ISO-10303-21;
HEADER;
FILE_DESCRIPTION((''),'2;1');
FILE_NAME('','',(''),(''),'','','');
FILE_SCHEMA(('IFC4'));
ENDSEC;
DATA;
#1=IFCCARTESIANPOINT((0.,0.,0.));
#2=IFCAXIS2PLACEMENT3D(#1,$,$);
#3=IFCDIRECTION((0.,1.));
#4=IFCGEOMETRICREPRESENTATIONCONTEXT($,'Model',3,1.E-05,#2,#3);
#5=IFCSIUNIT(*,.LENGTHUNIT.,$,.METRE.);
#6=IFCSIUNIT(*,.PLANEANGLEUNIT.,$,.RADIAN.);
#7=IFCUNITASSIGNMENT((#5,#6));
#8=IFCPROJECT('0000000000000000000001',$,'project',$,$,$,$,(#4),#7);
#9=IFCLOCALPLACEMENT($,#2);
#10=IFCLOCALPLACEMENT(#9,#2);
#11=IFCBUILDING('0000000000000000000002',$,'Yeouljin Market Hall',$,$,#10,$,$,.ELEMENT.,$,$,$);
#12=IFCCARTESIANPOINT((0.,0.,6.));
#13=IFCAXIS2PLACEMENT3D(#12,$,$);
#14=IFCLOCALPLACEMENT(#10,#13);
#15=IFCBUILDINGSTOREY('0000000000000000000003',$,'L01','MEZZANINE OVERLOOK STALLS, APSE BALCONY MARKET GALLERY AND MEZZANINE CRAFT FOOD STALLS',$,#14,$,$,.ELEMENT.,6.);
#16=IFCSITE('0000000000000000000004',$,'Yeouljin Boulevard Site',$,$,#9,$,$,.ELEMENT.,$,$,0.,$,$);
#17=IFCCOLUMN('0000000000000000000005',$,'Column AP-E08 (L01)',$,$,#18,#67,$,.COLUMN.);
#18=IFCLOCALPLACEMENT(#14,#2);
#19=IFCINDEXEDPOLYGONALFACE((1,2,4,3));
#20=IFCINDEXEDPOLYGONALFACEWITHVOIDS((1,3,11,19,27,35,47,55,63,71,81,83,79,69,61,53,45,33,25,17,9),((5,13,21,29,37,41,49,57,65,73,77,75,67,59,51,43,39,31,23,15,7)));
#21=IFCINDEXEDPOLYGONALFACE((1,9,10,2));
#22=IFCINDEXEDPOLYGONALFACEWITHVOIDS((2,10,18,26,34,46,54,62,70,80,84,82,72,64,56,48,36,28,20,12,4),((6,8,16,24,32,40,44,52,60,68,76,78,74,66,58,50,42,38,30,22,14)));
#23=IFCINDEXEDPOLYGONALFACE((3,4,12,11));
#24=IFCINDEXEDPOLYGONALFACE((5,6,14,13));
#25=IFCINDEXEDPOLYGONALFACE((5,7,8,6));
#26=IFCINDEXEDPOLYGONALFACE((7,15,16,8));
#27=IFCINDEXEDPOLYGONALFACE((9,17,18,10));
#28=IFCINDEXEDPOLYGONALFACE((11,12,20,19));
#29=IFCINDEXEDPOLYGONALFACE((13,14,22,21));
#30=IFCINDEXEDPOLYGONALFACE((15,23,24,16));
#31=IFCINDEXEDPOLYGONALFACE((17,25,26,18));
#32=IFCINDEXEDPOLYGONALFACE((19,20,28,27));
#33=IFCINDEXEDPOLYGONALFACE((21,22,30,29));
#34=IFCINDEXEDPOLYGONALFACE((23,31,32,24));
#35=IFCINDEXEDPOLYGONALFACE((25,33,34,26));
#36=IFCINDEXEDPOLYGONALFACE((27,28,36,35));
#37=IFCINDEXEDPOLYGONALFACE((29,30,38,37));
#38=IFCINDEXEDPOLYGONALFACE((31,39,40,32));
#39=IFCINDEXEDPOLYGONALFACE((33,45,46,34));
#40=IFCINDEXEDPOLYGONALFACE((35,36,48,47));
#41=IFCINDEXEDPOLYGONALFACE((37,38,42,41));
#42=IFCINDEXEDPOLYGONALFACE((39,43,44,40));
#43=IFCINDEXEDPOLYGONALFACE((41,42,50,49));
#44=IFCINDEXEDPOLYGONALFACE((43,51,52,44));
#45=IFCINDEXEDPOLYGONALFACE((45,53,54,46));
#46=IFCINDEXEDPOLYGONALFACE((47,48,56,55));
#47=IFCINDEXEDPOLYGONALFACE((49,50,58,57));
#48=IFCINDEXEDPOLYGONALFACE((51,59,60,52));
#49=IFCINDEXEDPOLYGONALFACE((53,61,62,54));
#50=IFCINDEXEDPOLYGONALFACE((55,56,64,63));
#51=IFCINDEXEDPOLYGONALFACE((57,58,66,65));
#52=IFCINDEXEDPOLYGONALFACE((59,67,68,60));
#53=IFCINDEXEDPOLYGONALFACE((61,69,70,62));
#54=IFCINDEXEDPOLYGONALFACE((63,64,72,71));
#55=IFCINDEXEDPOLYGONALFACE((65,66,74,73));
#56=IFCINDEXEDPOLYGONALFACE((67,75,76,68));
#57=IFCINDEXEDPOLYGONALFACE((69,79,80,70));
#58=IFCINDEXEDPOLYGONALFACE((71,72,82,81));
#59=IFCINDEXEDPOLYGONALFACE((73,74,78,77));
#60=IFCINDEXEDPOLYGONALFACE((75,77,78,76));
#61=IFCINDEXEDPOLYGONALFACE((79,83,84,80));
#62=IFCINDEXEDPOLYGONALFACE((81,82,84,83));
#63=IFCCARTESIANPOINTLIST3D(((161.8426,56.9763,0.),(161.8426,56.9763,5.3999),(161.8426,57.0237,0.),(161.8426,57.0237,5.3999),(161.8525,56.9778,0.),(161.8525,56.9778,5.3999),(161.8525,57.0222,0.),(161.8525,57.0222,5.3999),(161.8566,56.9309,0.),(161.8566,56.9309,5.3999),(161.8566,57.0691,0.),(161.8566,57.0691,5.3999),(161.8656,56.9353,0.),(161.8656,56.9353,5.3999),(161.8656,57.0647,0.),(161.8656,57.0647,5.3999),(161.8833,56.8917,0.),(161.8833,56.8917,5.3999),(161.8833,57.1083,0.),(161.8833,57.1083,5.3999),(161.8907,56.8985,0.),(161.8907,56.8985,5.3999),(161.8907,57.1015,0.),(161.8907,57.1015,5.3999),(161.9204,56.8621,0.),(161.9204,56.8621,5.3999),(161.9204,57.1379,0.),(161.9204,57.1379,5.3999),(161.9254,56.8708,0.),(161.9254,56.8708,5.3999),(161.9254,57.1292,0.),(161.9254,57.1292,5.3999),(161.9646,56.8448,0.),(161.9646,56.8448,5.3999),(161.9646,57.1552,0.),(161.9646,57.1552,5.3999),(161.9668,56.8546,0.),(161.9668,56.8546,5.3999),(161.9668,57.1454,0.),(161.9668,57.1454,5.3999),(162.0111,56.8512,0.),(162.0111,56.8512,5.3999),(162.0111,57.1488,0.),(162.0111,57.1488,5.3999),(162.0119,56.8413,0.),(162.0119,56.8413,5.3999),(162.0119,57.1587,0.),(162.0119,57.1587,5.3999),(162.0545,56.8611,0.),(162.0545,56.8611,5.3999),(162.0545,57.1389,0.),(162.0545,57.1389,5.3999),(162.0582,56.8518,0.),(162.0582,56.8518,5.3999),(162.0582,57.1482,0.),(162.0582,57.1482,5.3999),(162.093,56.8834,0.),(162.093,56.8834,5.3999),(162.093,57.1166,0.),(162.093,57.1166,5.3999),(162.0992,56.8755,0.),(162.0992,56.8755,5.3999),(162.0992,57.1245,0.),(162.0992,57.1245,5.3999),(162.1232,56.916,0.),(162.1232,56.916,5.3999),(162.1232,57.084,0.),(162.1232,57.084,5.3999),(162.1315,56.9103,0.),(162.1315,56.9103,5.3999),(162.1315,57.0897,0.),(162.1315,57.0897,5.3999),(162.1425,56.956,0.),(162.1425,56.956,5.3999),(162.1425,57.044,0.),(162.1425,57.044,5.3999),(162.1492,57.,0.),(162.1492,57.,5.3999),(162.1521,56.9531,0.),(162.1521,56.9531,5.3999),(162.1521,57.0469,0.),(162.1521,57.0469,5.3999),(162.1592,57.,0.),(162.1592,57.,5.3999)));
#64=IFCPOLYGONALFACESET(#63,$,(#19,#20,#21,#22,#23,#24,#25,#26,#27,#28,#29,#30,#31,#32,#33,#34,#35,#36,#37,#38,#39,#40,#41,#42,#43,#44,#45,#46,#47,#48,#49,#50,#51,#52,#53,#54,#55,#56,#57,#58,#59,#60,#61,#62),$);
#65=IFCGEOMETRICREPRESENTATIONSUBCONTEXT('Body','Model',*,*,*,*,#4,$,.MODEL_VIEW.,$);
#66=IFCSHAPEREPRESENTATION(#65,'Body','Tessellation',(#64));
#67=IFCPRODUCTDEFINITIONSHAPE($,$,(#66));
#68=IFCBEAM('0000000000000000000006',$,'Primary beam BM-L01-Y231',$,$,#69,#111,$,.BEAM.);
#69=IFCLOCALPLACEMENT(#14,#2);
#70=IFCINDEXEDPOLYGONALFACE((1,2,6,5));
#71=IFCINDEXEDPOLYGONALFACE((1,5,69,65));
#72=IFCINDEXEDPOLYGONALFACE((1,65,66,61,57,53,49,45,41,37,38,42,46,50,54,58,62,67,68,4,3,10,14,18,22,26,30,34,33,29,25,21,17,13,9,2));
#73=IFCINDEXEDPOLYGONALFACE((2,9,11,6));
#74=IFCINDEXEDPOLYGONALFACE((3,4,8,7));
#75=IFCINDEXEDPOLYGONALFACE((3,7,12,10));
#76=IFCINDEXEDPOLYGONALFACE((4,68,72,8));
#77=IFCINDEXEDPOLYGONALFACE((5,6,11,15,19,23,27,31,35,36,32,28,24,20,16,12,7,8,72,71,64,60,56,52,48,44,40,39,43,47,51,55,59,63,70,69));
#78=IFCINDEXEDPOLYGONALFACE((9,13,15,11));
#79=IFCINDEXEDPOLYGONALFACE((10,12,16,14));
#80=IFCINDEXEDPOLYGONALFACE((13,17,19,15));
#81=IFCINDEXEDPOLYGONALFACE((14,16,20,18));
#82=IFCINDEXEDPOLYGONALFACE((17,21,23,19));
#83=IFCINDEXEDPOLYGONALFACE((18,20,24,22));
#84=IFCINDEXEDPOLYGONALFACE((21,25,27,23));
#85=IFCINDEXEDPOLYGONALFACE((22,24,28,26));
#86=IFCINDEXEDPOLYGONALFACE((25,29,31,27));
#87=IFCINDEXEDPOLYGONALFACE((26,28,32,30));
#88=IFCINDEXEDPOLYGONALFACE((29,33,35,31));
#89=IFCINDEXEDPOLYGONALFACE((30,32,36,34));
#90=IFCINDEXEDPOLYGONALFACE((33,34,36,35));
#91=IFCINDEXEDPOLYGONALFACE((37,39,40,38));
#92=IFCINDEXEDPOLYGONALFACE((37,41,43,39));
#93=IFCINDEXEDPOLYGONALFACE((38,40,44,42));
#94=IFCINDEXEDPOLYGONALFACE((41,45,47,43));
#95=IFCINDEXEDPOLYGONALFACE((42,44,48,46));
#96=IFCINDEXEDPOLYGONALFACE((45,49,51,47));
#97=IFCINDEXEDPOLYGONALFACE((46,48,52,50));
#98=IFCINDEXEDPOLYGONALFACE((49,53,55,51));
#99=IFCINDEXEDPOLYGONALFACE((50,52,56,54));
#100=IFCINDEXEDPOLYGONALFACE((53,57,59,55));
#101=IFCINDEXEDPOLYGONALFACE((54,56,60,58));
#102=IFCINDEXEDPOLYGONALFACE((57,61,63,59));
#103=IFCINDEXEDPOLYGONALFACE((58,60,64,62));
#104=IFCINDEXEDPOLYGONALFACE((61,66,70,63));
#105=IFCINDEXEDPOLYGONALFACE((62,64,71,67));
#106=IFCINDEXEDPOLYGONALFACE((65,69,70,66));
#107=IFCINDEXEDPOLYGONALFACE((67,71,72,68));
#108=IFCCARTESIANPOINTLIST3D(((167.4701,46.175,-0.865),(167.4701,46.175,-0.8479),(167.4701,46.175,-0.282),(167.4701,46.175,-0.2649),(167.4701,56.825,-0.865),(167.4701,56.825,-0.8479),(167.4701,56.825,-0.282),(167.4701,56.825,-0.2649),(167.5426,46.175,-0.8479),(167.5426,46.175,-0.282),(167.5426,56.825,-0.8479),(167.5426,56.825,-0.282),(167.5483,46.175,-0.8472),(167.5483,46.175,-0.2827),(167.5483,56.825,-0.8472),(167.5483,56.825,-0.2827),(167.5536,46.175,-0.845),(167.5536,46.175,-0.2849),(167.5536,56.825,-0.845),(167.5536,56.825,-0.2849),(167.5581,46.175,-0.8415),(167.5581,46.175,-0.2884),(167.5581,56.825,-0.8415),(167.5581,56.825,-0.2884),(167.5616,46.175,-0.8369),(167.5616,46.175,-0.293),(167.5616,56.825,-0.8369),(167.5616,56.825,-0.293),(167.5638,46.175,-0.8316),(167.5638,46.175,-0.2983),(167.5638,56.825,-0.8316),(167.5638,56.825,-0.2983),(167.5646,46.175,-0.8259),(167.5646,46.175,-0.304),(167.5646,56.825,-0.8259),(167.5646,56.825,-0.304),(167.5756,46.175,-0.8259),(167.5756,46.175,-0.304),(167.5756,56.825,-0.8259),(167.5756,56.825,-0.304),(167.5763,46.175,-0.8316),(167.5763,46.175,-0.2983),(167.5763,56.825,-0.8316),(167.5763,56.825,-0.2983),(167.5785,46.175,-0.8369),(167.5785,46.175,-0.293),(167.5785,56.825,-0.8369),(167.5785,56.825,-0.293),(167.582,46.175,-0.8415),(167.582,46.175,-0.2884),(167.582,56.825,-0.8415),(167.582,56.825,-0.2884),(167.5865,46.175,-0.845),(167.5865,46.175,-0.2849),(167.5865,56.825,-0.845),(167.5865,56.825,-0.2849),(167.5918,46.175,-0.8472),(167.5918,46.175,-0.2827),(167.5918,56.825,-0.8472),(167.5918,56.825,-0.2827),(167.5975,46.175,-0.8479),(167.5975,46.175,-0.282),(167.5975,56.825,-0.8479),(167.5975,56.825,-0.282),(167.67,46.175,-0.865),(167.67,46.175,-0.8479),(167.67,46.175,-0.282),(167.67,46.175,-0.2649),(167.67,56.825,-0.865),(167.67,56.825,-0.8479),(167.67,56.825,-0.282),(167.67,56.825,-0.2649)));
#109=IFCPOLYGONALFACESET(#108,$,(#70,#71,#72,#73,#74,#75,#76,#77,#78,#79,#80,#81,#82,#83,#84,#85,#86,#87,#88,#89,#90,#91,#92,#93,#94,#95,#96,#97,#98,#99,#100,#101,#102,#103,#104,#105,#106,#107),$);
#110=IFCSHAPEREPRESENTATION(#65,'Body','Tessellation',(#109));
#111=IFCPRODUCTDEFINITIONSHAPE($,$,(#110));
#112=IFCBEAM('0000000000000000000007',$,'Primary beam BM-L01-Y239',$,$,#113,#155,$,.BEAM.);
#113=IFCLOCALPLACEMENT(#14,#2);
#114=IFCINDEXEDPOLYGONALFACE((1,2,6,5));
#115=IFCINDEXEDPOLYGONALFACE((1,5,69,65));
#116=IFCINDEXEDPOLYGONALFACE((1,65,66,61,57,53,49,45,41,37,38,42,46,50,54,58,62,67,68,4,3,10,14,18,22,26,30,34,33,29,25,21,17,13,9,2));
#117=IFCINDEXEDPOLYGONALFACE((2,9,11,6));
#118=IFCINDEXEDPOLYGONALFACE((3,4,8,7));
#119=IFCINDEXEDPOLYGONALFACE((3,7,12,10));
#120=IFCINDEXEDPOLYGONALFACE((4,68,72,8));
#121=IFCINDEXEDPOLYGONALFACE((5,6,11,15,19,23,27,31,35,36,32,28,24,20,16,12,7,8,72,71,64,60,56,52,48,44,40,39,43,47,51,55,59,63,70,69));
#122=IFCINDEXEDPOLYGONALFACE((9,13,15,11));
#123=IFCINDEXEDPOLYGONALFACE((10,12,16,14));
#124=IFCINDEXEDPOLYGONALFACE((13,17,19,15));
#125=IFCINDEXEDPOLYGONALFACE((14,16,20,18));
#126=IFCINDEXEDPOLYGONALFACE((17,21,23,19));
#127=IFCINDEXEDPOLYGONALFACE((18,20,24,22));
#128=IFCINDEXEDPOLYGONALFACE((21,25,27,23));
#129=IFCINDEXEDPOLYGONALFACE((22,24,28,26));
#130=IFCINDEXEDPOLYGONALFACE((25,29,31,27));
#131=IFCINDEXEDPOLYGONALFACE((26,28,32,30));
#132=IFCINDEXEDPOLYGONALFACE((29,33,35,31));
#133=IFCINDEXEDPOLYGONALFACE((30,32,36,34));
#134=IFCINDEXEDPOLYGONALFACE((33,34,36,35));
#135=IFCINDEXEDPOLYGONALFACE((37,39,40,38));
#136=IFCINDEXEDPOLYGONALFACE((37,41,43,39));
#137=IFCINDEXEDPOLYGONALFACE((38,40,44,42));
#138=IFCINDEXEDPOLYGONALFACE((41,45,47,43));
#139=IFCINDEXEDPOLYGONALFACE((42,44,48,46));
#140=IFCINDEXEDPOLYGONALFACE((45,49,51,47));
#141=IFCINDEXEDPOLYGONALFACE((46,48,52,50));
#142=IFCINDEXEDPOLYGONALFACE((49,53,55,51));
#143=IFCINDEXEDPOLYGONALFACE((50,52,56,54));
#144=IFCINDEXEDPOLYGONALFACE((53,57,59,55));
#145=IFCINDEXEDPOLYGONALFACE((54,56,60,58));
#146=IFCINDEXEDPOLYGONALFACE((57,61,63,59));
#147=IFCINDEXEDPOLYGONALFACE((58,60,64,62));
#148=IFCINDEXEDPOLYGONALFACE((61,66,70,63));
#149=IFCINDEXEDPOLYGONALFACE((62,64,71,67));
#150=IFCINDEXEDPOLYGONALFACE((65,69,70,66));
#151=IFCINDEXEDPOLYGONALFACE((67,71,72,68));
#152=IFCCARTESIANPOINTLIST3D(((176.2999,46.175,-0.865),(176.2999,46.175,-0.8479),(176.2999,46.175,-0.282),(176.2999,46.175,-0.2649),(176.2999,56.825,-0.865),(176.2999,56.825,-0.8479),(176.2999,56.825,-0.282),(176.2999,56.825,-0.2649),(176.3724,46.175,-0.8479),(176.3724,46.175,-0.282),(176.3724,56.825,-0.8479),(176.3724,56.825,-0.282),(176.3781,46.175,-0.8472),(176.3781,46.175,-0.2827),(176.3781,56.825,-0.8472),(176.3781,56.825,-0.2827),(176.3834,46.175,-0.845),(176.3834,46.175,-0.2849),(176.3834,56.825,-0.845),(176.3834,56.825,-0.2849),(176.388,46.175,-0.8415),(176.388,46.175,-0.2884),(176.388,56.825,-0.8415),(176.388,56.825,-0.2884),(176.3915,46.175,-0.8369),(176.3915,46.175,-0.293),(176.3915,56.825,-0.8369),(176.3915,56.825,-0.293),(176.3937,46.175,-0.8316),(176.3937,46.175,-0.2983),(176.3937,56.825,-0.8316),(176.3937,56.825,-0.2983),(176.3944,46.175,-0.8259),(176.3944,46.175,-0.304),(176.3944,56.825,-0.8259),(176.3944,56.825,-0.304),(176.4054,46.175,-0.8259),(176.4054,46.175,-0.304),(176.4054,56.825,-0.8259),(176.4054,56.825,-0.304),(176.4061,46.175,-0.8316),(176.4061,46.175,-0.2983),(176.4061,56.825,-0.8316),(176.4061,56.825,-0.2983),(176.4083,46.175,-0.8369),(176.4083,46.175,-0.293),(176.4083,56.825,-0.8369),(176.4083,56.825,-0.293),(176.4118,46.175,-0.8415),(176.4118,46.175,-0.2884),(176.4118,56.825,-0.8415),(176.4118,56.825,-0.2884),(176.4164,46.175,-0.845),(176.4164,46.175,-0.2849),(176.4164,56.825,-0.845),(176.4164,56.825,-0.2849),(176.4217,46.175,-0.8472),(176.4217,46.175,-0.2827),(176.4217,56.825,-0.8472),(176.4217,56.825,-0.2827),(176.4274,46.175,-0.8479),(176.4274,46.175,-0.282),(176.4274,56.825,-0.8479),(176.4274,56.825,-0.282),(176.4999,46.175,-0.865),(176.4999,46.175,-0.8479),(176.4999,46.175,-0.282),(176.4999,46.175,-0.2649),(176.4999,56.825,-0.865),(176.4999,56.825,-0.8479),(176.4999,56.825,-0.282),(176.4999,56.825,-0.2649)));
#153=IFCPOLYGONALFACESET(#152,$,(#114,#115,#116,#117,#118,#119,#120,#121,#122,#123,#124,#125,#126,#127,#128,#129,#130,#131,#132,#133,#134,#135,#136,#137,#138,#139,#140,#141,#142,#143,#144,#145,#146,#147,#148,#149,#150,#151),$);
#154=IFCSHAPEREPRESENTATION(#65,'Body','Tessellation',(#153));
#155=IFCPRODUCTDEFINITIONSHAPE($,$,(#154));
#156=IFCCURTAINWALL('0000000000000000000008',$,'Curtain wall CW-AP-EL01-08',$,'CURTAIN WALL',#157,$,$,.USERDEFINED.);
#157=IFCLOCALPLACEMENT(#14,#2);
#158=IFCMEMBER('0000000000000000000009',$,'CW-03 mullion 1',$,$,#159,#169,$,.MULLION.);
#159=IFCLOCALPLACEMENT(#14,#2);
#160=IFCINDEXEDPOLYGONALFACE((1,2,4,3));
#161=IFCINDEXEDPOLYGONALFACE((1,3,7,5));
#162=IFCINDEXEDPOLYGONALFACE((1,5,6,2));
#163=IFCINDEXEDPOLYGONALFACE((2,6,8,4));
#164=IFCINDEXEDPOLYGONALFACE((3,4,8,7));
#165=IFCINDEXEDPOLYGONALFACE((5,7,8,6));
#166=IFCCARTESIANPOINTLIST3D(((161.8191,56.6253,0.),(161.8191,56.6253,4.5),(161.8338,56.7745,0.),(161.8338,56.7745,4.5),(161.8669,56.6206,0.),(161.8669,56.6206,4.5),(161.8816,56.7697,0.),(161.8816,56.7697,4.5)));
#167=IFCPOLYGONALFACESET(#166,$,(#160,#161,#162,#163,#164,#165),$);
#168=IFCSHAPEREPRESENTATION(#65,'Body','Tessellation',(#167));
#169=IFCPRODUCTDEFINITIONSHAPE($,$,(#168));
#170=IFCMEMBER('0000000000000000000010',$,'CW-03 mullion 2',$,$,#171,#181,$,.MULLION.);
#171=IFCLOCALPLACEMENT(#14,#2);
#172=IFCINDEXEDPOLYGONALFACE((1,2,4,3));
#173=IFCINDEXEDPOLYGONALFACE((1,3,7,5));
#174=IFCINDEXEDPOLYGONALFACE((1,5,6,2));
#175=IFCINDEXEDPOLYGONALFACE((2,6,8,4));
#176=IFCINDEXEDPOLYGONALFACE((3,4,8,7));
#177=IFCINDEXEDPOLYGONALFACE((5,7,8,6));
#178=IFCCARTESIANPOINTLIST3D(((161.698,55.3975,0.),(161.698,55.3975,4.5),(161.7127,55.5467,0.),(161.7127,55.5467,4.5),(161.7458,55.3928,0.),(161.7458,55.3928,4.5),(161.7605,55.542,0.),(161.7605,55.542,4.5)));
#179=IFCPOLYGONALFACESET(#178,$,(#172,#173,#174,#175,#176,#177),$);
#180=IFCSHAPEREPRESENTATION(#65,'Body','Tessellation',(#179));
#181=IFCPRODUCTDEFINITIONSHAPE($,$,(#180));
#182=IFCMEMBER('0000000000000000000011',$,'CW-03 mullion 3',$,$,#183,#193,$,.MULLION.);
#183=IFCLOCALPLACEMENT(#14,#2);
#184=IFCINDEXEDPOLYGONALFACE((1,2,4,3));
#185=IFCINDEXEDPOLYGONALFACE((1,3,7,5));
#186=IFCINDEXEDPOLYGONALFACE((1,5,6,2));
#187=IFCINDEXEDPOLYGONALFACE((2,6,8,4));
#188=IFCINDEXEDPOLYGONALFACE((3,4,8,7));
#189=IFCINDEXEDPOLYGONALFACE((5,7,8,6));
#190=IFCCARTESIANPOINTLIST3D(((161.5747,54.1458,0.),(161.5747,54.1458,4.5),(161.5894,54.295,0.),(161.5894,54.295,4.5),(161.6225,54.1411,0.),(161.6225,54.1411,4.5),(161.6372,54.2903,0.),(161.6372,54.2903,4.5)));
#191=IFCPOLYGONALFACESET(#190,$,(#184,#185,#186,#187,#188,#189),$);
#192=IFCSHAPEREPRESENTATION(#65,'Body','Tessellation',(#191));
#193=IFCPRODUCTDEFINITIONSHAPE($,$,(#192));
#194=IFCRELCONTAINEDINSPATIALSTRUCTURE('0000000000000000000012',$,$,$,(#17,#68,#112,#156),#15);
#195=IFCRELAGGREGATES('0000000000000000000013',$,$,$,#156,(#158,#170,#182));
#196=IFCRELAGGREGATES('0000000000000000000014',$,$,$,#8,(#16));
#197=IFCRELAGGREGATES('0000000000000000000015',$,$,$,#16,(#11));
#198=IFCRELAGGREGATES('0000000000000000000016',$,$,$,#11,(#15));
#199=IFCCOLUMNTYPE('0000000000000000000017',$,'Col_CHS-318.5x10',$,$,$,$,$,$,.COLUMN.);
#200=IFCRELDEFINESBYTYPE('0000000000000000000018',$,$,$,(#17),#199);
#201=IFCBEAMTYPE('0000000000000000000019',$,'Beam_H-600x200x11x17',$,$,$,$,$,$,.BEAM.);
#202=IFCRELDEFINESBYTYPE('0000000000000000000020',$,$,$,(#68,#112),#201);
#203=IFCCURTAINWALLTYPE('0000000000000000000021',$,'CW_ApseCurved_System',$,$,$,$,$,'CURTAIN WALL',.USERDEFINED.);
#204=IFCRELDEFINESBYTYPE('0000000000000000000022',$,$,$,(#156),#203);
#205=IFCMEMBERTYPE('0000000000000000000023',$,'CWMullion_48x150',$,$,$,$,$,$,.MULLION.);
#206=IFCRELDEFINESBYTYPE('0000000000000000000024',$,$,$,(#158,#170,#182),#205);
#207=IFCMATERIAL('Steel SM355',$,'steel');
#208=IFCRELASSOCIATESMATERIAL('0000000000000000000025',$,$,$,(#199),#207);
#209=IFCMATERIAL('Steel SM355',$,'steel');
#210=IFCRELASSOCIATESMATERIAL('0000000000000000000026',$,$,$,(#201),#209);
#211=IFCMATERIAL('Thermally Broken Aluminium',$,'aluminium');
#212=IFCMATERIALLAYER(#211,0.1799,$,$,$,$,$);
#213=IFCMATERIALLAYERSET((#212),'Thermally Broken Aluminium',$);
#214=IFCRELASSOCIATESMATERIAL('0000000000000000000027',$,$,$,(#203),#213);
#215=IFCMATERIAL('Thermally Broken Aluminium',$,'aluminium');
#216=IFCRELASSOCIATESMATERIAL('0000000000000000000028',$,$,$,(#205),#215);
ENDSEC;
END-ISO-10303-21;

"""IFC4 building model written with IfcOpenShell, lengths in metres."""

from ifc_helpers import new_model, si_unit, direction, frame, origin, origin_2d, place, context, subcontext, project, spatial, rectangle, hollow_circle, i_section, extrude, material, layer, layer_set, material_profile, profile_set, type_object, element, aggregate, save


model = new_model("IFC4")

# Units and contexts
model_context = context("Model", 3, precision=1e-05, world=origin(), true_north=direction((0.0, 1.0)))
body_context = subcontext(model_context, "Body", "Model", "MODEL_VIEW")
ifc_project = project(units=[si_unit("LENGTHUNIT", "METRE"), si_unit("PLANEANGLEUNIT", "RADIAN")], contexts=[model_context])

# Site, building, storey
site_placement = place(None, origin())
site = spatial("IfcSite", under=ifc_project, at=site_placement, Name="Yeouljin Boulevard Site", CompositionType="ELEMENT", RefElevation=0.0)
building_placement = place(site_placement, origin())
building = spatial("IfcBuilding", under=site, at=building_placement, Name="Yeouljin Market Hall", CompositionType="ELEMENT")
storey_placement = place(building_placement, frame((0.0, 0.0, 6.0)))
storey = spatial("IfcBuildingStorey", under=building, at=storey_placement, Name="L01", Description="MEZZANINE OVERLOOK STALLS, APSE BALCONY MARKET GALLERY AND MEZZANINE CRAFT FOOD STALLS", CompositionType="ELEMENT", Elevation=6.0)

# Column
ifc_material_1 = material(Name="Steel SM355", Category="steel")
ifc_material_profile_1 = material_profile(ifc_material_1, hollow_circle(Radius=0.1592, WallThickness=0.01, at=origin_2d()), Name="CHS-318.5x10")
ifc_profile_set_1 = profile_set([ifc_material_profile_1], Name="Steel SM355")
column_type = type_object("IfcColumnType", Name="Col_CHS-318.5x10", PredefinedType="COLUMN", material=ifc_profile_set_1)
column_placement = place(storey_placement, frame((162.0, 57.0, 0.0), z_axis=(0.0, 0.0, 1.0), x_axis=(1.0, 0.0, 0.0)))
element("IfcColumn", 1, at=column_placement, inside=storey, type_object=column_type, Name="Column AP-E08 (L01)", PredefinedType="COLUMN", context=body_context, shape_type="SweptSolid", body=[
    extrude(hollow_circle(Radius=0.1592, WallThickness=0.01, at=origin_2d()), origin(), (0.0, 0.0, 1.0), 5.3999),
])

# Beams
ifc_material_2 = material(Name="Steel SM355", Category="steel")
ifc_material_profile_2 = material_profile(ifc_material_2, i_section(OverallWidth=0.2, OverallDepth=0.6001, WebThickness=0.011, FlangeThickness=0.0171, FilletRadius=0.022, at=origin_2d()), Name="H-600x200x11x17")
ifc_profile_set_2 = profile_set([ifc_material_profile_2], Name="Steel SM355")
beam_type_1 = type_object("IfcBeamType", Name="Beam_H-600x200x11x17", PredefinedType="BEAM", material=ifc_profile_set_2)
for number, where, z_axis, x_axis, name in (
    (2, (167.5701, 46.175, -0.5649), (0.0, 1.0, 0.0), (-1.0, 0.0, 0.0), "Primary beam BM-L01-Y231"),
    (3, (176.3999, 46.175, -0.5649), (0.0, 1.0, 0.0), (-1.0, 0.0, 0.0), "Primary beam BM-L01-Y239"),
):
    element("IfcBeam", number, at=place(storey_placement, frame(where, z_axis=z_axis, x_axis=x_axis)), inside=storey, type_object=beam_type_1, Name=name, PredefinedType="BEAM", context=body_context, shape_type="SweptSolid", body=[
        extrude(i_section(OverallWidth=0.2, OverallDepth=0.6001, WebThickness=0.011, FlangeThickness=0.0171, FilletRadius=0.022, at=origin_2d()), origin(), (0.0, 0.0, 1.0), 10.6499),
    ])

# Curtain wall, members
ifc_material_3 = material(Name="Thermally Broken Aluminium", Category="aluminium")
ifc_layer_1 = layer(ifc_material_3, 0.1799)
ifc_layer_set_1 = layer_set([ifc_layer_1], Name="Thermally Broken Aluminium")
curtain_wall_type = type_object("IfcCurtainWallType", Name="CW_ApseCurved_System", ElementType="CURTAIN WALL", PredefinedType="USERDEFINED", material=ifc_layer_set_1)
curtain_wall_placement = place(storey_placement, origin())
curtain_wall = element("IfcCurtainWall", 4, at=curtain_wall_placement, inside=storey, type_object=curtain_wall_type, Name="Curtain wall CW-AP-EL01-08", ObjectType="CURTAIN WALL", PredefinedType="USERDEFINED")
ifc_material_4 = material(Name="Thermally Broken Aluminium", Category="aluminium")
ifc_material_profile_3 = material_profile(ifc_material_4, rectangle(XDim=0.0481, YDim=0.1499, at=origin_2d()), Name="CW-MULL-48x150")
ifc_profile_set_3 = profile_set([ifc_material_profile_3], Name="Thermally Broken Aluminium")
member_type_1 = type_object("IfcMemberType", Name="CWMullion_48x150", PredefinedType="MULLION", material=ifc_profile_set_3)
member_1_placement = place(storey_placement, frame((161.8503, 56.6975, 0.0), z_axis=(0.0, 0.0, 1.0), x_axis=(0.995183, -0.098034, 0.0)))
member_1 = element("IfcMember", 5, at=member_1_placement, type_object=member_type_1, Name="CW-03 mullion 1", PredefinedType="MULLION", context=body_context, shape_type="SweptSolid", body=[
    extrude(rectangle(XDim=0.0481, YDim=0.1499, at=origin_2d()), origin(), (0.0, 0.0, 1.0), 4.5),
])
member_2_placement = place(storey_placement, frame((161.7292, 55.4697, 0.0), z_axis=(0.0, 0.0, 1.0), x_axis=(0.995183, -0.098034, 0.0)))
member_2 = element("IfcMember", 6, at=member_2_placement, type_object=member_type_1, Name="CW-03 mullion 2", PredefinedType="MULLION", context=body_context, shape_type="SweptSolid", body=[
    extrude(rectangle(XDim=0.0481, YDim=0.1499, at=origin_2d()), origin(), (0.0, 0.0, 1.0), 4.5),
])
member_3_placement = place(storey_placement, frame((161.606, 54.218, 0.0), z_axis=(0.0, 0.0, 1.0), x_axis=(0.995183, -0.098034, 0.0)))
member_3 = element("IfcMember", 7, at=member_3_placement, type_object=member_type_1, Name="CW-03 mullion 3", PredefinedType="MULLION", context=body_context, shape_type="SweptSolid", body=[
    extrude(rectangle(XDim=0.0481, YDim=0.1499, at=origin_2d()), origin(), (0.0, 0.0, 1.0), 4.5),
])

aggregate(curtain_wall, [member_1, member_2, member_3])

save(model, "model.ifc")
